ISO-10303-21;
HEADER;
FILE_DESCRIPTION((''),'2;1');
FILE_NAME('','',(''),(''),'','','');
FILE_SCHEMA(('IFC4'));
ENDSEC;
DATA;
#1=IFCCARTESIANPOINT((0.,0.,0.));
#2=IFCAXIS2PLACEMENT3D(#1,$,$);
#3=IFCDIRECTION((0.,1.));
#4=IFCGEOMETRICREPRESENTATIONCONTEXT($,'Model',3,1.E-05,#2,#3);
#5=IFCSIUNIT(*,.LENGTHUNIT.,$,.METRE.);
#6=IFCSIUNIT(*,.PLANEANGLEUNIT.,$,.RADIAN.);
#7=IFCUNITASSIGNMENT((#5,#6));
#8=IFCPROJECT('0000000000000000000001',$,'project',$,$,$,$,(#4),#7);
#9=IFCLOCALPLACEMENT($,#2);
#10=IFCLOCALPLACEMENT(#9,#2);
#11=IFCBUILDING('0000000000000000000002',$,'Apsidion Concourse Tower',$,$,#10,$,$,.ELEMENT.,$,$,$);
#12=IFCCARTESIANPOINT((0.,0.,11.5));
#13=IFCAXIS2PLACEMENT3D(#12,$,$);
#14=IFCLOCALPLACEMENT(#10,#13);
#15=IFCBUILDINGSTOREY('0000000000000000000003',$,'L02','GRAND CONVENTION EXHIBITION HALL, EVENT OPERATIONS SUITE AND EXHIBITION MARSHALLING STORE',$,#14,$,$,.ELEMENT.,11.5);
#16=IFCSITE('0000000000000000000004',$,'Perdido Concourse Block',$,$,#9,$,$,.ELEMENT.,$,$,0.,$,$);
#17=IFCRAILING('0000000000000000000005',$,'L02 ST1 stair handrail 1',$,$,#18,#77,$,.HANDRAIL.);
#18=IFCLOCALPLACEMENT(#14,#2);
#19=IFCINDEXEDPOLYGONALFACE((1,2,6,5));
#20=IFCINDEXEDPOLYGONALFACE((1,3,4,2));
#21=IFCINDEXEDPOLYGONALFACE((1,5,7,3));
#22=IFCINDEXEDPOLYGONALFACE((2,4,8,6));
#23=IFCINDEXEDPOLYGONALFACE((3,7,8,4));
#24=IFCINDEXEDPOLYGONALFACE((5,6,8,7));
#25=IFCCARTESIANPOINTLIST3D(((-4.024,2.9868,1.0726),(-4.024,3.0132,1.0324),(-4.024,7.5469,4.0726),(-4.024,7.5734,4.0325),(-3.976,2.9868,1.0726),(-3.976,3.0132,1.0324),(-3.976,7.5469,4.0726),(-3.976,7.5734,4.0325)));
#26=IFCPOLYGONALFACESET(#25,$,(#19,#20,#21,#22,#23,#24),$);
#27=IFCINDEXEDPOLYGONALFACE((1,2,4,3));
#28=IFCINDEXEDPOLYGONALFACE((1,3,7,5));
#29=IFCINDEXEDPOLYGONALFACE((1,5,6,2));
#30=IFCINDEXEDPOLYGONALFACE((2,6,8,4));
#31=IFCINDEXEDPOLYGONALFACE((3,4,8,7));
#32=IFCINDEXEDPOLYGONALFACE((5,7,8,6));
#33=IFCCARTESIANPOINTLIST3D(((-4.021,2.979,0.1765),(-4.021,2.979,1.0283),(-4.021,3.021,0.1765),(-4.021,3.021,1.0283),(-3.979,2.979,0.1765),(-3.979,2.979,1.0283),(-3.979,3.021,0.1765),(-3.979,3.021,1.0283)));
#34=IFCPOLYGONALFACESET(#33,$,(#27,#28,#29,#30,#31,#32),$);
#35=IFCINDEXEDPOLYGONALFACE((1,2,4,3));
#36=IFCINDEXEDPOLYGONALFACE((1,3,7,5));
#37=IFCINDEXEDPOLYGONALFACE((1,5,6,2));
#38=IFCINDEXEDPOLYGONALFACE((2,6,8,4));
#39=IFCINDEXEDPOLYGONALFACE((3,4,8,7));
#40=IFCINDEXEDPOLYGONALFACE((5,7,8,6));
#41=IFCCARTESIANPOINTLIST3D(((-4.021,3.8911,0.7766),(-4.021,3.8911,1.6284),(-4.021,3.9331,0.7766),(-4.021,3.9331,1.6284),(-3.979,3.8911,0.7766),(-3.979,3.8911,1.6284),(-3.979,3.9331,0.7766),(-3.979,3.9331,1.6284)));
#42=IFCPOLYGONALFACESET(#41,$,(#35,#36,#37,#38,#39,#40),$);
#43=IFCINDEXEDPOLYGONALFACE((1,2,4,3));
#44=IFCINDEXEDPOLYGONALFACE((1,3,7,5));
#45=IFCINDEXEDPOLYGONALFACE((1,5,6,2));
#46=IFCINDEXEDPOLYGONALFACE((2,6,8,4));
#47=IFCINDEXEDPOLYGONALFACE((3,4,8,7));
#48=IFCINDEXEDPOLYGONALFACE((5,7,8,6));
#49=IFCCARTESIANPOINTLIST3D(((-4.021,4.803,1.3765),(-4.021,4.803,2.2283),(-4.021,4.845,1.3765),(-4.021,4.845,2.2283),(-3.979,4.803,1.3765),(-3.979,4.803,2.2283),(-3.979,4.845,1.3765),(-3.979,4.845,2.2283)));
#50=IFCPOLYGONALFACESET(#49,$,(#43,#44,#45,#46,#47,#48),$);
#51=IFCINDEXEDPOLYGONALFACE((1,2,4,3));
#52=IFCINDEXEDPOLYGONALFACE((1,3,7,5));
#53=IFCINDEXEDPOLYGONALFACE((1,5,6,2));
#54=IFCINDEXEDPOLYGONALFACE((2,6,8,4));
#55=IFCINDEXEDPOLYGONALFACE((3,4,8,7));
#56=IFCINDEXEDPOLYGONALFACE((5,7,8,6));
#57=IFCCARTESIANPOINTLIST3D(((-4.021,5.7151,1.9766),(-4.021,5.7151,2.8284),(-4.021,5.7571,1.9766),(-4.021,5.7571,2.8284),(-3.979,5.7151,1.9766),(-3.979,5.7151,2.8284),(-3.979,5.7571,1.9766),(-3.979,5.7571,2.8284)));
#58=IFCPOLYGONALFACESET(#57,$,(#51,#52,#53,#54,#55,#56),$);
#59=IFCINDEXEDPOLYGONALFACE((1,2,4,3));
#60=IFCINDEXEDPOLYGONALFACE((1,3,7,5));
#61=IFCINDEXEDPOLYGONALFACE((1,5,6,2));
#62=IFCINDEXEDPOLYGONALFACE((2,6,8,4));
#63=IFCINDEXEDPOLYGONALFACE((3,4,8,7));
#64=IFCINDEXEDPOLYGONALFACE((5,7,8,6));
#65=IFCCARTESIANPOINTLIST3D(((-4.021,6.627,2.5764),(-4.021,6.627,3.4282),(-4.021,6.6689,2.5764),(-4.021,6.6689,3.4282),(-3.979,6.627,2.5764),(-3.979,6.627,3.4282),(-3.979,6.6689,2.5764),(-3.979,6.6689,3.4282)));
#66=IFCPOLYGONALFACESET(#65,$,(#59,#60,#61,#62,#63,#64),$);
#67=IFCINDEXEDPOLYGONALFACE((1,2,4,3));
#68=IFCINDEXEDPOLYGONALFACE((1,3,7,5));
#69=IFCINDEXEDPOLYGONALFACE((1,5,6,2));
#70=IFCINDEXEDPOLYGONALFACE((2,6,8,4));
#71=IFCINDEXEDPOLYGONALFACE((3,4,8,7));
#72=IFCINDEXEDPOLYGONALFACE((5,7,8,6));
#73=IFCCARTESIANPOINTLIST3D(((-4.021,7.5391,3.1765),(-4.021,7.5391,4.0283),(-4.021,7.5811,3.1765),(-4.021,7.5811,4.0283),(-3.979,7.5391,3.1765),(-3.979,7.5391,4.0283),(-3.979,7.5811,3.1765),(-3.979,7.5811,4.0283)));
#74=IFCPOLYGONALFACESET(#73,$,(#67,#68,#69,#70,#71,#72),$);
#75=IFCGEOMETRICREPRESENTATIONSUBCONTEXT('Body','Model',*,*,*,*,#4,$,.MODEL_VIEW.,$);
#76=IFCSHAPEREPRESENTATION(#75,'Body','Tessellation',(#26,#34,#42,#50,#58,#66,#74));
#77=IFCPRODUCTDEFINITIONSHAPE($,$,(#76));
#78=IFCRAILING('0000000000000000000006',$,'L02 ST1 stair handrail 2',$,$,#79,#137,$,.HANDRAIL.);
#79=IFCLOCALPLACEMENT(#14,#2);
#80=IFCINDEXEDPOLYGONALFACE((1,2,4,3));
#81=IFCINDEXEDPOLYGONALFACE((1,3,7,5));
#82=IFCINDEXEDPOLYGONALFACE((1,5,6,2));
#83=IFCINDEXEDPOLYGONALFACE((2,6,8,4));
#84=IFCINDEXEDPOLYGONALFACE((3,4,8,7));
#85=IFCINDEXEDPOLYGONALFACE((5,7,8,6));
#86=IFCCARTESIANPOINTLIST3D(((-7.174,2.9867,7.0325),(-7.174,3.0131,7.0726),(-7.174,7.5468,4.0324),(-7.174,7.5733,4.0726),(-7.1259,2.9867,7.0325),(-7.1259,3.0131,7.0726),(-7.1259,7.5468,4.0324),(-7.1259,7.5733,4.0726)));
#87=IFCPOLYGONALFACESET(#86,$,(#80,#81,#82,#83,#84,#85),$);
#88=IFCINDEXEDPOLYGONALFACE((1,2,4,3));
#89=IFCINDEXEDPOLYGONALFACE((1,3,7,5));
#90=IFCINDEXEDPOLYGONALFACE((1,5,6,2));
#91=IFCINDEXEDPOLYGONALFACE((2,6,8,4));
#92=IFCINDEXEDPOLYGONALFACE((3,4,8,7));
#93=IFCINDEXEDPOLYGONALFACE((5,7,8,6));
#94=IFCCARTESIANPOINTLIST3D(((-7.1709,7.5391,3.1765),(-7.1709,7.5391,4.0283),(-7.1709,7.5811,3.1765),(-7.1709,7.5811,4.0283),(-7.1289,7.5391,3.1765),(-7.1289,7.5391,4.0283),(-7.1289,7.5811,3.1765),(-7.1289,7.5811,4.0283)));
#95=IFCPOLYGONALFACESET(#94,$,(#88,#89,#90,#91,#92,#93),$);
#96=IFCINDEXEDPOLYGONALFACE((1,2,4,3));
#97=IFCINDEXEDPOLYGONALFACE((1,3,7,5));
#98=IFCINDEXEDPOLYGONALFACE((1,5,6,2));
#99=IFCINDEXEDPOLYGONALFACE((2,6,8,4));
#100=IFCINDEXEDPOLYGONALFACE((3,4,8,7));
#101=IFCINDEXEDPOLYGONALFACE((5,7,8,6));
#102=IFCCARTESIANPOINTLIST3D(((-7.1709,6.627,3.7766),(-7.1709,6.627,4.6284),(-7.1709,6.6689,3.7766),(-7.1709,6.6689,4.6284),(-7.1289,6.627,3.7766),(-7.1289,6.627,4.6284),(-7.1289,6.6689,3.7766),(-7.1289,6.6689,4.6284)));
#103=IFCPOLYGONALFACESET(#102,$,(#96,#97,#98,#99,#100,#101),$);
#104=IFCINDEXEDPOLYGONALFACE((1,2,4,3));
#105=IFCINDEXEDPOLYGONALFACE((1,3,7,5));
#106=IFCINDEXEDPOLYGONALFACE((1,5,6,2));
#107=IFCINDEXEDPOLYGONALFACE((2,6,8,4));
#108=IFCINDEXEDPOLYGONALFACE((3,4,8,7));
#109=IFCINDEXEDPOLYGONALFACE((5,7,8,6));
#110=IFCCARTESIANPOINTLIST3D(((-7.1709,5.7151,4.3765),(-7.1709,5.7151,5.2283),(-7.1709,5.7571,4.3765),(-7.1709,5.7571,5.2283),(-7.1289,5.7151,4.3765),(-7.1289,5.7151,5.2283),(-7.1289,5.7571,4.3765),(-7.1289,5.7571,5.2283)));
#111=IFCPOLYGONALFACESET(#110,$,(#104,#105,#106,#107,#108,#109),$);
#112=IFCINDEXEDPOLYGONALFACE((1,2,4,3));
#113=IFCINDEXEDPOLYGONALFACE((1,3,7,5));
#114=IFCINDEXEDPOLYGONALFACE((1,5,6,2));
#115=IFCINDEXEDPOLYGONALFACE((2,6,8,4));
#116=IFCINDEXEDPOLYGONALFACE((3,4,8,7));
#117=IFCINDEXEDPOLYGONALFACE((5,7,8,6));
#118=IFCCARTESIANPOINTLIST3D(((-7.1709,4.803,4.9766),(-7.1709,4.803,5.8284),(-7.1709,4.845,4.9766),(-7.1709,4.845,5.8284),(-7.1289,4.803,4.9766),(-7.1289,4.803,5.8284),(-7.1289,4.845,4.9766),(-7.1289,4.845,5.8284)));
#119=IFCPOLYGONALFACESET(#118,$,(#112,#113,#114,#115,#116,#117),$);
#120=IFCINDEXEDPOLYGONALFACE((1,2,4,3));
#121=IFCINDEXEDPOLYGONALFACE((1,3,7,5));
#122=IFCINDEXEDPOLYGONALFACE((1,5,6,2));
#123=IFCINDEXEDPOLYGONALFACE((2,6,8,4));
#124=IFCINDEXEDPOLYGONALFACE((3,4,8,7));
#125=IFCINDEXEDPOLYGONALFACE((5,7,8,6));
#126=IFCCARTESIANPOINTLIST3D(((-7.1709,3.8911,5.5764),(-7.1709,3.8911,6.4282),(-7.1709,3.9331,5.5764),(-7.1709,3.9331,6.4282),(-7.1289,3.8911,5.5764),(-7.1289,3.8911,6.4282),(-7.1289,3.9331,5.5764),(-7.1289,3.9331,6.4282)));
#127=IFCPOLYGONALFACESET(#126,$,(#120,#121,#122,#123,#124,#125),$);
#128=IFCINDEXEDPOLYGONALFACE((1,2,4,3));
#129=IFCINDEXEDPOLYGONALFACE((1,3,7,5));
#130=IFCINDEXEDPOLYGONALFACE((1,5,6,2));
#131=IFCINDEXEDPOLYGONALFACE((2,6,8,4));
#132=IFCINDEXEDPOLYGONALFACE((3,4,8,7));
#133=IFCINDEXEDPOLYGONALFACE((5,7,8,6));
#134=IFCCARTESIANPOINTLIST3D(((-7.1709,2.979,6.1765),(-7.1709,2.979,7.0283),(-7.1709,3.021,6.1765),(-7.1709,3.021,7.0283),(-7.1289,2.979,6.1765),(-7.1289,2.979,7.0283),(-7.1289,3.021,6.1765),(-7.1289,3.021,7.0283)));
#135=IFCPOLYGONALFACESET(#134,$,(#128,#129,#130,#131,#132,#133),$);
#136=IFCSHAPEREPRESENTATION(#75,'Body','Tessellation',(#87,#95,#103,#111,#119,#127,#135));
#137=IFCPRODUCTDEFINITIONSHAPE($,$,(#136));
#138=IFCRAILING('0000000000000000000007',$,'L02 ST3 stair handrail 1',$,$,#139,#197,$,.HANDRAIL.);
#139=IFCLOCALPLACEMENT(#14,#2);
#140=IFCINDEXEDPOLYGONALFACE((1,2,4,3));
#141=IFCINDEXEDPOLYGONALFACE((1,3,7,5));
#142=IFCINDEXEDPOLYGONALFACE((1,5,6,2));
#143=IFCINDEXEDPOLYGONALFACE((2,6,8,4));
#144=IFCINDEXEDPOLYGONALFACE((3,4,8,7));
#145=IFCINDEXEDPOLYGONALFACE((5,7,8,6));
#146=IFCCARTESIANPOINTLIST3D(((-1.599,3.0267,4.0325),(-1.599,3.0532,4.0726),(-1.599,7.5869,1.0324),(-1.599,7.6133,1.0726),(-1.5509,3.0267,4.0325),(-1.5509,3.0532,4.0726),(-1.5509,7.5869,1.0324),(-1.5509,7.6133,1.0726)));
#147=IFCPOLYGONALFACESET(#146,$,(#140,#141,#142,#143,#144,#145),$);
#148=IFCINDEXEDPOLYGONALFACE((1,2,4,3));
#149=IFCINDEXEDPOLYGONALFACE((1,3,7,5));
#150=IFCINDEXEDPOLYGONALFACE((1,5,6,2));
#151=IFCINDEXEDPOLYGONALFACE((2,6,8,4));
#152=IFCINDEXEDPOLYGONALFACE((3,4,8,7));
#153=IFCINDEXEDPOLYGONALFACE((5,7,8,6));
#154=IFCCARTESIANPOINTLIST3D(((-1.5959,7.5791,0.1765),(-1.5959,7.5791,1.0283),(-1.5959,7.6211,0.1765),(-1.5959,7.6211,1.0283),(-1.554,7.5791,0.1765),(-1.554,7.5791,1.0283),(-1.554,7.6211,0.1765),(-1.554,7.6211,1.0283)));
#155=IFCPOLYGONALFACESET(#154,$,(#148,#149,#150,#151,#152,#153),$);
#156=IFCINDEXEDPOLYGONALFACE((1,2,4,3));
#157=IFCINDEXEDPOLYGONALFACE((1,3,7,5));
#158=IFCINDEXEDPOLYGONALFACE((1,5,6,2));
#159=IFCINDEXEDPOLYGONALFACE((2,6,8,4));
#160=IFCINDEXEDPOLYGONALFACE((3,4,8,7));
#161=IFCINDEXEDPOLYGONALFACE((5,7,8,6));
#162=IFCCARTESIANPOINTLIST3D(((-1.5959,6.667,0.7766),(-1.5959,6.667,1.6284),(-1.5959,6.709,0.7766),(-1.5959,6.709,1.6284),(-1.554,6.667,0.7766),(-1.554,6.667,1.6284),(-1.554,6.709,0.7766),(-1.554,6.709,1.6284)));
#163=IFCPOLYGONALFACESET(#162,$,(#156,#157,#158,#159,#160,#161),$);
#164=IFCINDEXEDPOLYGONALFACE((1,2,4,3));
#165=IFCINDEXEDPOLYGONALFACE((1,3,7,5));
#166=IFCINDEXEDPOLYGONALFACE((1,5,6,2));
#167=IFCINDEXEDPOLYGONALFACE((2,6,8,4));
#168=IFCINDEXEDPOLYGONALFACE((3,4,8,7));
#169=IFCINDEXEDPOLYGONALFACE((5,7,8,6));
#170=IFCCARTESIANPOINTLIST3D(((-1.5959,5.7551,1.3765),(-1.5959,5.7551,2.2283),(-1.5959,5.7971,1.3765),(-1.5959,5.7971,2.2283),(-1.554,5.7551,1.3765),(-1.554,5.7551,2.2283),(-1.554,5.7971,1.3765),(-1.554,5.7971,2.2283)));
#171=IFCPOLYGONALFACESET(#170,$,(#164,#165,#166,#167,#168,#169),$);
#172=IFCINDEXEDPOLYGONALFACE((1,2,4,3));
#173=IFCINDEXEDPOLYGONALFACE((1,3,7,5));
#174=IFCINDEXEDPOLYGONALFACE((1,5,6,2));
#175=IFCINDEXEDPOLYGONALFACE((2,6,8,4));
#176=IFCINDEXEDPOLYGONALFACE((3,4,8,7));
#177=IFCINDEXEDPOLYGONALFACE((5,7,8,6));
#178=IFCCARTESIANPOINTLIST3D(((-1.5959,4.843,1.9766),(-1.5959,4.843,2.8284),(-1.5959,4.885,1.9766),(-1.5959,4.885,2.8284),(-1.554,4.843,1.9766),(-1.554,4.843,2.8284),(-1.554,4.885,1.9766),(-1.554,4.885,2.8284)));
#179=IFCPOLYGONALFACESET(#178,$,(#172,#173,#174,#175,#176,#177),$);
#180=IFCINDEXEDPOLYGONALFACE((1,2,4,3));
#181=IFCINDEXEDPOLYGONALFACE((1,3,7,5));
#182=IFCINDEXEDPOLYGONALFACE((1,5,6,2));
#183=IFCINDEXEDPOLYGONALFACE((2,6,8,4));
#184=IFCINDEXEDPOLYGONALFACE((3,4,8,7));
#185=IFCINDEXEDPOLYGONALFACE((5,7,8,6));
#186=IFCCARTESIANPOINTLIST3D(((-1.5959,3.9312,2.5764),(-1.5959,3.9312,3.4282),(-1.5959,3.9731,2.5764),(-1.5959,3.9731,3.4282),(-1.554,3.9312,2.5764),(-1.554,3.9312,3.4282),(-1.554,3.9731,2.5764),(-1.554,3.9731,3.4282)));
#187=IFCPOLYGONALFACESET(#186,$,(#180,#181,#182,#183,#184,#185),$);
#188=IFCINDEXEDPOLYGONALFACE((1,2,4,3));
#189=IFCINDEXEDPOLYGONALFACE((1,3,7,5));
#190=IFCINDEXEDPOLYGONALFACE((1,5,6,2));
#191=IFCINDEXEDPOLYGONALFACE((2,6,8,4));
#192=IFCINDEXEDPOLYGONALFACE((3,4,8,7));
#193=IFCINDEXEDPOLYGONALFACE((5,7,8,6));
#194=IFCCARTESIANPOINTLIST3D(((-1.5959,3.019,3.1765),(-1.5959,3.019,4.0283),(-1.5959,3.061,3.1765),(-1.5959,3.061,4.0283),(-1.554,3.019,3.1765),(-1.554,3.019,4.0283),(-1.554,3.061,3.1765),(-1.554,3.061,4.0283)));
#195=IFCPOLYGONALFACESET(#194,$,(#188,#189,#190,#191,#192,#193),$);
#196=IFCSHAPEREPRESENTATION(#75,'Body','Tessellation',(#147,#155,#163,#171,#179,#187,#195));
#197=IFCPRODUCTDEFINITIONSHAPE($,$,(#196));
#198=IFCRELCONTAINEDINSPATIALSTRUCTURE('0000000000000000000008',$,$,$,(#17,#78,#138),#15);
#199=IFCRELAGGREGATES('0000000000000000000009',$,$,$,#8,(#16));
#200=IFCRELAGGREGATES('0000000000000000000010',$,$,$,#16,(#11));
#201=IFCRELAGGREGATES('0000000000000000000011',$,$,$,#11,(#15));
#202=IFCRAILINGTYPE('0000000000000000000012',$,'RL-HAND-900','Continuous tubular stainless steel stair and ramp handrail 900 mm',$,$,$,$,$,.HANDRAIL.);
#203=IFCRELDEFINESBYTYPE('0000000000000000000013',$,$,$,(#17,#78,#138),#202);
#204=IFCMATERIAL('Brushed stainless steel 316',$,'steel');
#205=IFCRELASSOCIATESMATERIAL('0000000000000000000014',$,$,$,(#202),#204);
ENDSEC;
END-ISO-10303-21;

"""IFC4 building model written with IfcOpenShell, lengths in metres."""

from ifc_helpers import new_model, si_unit, direction, frame, origin, origin_2d, place, context, subcontext, project, spatial, rectangle, extrude, material, type_object, element, save


model = new_model("IFC4")

# Units and contexts
model_context = context("Model", 3, precision=1e-05, world=origin(), true_north=direction((0.0, 1.0)))
body_context = subcontext(model_context, "Body", "Model", "MODEL_VIEW")
ifc_project = project(units=[si_unit("LENGTHUNIT", "METRE"), si_unit("PLANEANGLEUNIT", "RADIAN")], contexts=[model_context])

# Site, building, storey
site_placement = place(None, origin())
site = spatial("IfcSite", under=ifc_project, at=site_placement, Name="Perdido Concourse Block", CompositionType="ELEMENT", RefElevation=0.0)
building_placement = place(site_placement, origin())
building = spatial("IfcBuilding", under=site, at=building_placement, Name="Apsidion Concourse Tower", CompositionType="ELEMENT")
storey_placement = place(building_placement, frame((0.0, 0.0, 11.5)))
storey = spatial("IfcBuildingStorey", under=building, at=storey_placement, Name="L02", Description="GRAND CONVENTION EXHIBITION HALL, EVENT OPERATIONS SUITE AND EXHIBITION MARSHALLING STORE", CompositionType="ELEMENT", Elevation=11.5)

# Shared definitions
ifc_material_1 = material(Name="Brushed stainless steel 316", Category="steel")

# Railings
railing_type_1 = type_object("IfcRailingType", Name="RL-HAND-900", Description="Continuous tubular stainless steel stair and ramp handrail 900 mm", PredefinedType="HANDRAIL", material=ifc_material_1)
railing_1_placement = place(storey_placement, frame((-4.0, 3.0, 0.1765)))
element("IfcRailing", 1, at=railing_1_placement, inside=storey, type_object=railing_type_1, Name="L02 ST1 stair handrail 1", PredefinedType="HANDRAIL", context=body_context, shape_type="SweptSolid", body=[
    extrude(rectangle(XDim=0.0481, YDim=0.0481, at=origin_2d()), frame((0.0, 0.0, 0.876), z_axis=(0.0, 0.83542, 0.549612), x_axis=(-1.0, 0.0, 0.0)), (0.0, 0.0, 1.0), 5.4585),
    extrude(rectangle(XDim=0.042, YDim=0.042, at=origin_2d()), origin(), (0.0, 0.0, 1.0), 0.8518),
    extrude(rectangle(XDim=0.042, YDim=0.042, at=origin_2d()), frame((0.0, 0.9121, 0.6001)), (0.0, 0.0, 1.0), 0.8518),
    extrude(rectangle(XDim=0.042, YDim=0.042, at=origin_2d()), frame((0.0, 1.824, 1.2)), (0.0, 0.0, 1.0), 0.8518),
    extrude(rectangle(XDim=0.042, YDim=0.042, at=origin_2d()), frame((0.0, 2.7361, 1.8)), (0.0, 0.0, 1.0), 0.8518),
    extrude(rectangle(XDim=0.042, YDim=0.042, at=origin_2d()), frame((0.0, 3.6479, 2.3999)), (0.0, 0.0, 1.0), 0.8518),
    extrude(rectangle(XDim=0.042, YDim=0.042, at=origin_2d()), frame((0.0, 4.5601, 3.0)), (0.0, 0.0, 1.0), 0.8518),
])
for number, where, name in (
    (2, (-7.1499, 7.5601, 3.1765), "L02 ST1 stair handrail 2"),
    (3, (-1.575, 7.6001, 0.1765), "L02 ST3 stair handrail 1"),
):
    element("IfcRailing", number, at=place(storey_placement, frame(where)), inside=storey, type_object=railing_type_1, Name=name, PredefinedType="HANDRAIL", context=body_context, shape_type="SweptSolid", body=[
        extrude(rectangle(XDim=0.0481, YDim=0.0481, at=origin_2d()), frame((0.0, 0.0, 0.876), z_axis=(0.0, -0.83542, 0.549612), x_axis=(1.0, 0.0, 0.0)), (0.0, 0.0, 1.0), 5.4585),
        extrude(rectangle(XDim=0.042, YDim=0.042, at=origin_2d()), origin(), (0.0, 0.0, 1.0), 0.8518),
        extrude(rectangle(XDim=0.042, YDim=0.042, at=origin_2d()), frame((0.0, -0.9121, 0.6001)), (0.0, 0.0, 1.0), 0.8518),
        extrude(rectangle(XDim=0.042, YDim=0.042, at=origin_2d()), frame((0.0, -1.824, 1.2)), (0.0, 0.0, 1.0), 0.8518),
        extrude(rectangle(XDim=0.042, YDim=0.042, at=origin_2d()), frame((0.0, -2.7361, 1.8)), (0.0, 0.0, 1.0), 0.8518),
        extrude(rectangle(XDim=0.042, YDim=0.042, at=origin_2d()), frame((0.0, -3.6479, 2.3999)), (0.0, 0.0, 1.0), 0.8518),
        extrude(rectangle(XDim=0.042, YDim=0.042, at=origin_2d()), frame((0.0, -4.5601, 3.0)), (0.0, 0.0, 1.0), 0.8518),
    ])

save(model, "model.ifc")
